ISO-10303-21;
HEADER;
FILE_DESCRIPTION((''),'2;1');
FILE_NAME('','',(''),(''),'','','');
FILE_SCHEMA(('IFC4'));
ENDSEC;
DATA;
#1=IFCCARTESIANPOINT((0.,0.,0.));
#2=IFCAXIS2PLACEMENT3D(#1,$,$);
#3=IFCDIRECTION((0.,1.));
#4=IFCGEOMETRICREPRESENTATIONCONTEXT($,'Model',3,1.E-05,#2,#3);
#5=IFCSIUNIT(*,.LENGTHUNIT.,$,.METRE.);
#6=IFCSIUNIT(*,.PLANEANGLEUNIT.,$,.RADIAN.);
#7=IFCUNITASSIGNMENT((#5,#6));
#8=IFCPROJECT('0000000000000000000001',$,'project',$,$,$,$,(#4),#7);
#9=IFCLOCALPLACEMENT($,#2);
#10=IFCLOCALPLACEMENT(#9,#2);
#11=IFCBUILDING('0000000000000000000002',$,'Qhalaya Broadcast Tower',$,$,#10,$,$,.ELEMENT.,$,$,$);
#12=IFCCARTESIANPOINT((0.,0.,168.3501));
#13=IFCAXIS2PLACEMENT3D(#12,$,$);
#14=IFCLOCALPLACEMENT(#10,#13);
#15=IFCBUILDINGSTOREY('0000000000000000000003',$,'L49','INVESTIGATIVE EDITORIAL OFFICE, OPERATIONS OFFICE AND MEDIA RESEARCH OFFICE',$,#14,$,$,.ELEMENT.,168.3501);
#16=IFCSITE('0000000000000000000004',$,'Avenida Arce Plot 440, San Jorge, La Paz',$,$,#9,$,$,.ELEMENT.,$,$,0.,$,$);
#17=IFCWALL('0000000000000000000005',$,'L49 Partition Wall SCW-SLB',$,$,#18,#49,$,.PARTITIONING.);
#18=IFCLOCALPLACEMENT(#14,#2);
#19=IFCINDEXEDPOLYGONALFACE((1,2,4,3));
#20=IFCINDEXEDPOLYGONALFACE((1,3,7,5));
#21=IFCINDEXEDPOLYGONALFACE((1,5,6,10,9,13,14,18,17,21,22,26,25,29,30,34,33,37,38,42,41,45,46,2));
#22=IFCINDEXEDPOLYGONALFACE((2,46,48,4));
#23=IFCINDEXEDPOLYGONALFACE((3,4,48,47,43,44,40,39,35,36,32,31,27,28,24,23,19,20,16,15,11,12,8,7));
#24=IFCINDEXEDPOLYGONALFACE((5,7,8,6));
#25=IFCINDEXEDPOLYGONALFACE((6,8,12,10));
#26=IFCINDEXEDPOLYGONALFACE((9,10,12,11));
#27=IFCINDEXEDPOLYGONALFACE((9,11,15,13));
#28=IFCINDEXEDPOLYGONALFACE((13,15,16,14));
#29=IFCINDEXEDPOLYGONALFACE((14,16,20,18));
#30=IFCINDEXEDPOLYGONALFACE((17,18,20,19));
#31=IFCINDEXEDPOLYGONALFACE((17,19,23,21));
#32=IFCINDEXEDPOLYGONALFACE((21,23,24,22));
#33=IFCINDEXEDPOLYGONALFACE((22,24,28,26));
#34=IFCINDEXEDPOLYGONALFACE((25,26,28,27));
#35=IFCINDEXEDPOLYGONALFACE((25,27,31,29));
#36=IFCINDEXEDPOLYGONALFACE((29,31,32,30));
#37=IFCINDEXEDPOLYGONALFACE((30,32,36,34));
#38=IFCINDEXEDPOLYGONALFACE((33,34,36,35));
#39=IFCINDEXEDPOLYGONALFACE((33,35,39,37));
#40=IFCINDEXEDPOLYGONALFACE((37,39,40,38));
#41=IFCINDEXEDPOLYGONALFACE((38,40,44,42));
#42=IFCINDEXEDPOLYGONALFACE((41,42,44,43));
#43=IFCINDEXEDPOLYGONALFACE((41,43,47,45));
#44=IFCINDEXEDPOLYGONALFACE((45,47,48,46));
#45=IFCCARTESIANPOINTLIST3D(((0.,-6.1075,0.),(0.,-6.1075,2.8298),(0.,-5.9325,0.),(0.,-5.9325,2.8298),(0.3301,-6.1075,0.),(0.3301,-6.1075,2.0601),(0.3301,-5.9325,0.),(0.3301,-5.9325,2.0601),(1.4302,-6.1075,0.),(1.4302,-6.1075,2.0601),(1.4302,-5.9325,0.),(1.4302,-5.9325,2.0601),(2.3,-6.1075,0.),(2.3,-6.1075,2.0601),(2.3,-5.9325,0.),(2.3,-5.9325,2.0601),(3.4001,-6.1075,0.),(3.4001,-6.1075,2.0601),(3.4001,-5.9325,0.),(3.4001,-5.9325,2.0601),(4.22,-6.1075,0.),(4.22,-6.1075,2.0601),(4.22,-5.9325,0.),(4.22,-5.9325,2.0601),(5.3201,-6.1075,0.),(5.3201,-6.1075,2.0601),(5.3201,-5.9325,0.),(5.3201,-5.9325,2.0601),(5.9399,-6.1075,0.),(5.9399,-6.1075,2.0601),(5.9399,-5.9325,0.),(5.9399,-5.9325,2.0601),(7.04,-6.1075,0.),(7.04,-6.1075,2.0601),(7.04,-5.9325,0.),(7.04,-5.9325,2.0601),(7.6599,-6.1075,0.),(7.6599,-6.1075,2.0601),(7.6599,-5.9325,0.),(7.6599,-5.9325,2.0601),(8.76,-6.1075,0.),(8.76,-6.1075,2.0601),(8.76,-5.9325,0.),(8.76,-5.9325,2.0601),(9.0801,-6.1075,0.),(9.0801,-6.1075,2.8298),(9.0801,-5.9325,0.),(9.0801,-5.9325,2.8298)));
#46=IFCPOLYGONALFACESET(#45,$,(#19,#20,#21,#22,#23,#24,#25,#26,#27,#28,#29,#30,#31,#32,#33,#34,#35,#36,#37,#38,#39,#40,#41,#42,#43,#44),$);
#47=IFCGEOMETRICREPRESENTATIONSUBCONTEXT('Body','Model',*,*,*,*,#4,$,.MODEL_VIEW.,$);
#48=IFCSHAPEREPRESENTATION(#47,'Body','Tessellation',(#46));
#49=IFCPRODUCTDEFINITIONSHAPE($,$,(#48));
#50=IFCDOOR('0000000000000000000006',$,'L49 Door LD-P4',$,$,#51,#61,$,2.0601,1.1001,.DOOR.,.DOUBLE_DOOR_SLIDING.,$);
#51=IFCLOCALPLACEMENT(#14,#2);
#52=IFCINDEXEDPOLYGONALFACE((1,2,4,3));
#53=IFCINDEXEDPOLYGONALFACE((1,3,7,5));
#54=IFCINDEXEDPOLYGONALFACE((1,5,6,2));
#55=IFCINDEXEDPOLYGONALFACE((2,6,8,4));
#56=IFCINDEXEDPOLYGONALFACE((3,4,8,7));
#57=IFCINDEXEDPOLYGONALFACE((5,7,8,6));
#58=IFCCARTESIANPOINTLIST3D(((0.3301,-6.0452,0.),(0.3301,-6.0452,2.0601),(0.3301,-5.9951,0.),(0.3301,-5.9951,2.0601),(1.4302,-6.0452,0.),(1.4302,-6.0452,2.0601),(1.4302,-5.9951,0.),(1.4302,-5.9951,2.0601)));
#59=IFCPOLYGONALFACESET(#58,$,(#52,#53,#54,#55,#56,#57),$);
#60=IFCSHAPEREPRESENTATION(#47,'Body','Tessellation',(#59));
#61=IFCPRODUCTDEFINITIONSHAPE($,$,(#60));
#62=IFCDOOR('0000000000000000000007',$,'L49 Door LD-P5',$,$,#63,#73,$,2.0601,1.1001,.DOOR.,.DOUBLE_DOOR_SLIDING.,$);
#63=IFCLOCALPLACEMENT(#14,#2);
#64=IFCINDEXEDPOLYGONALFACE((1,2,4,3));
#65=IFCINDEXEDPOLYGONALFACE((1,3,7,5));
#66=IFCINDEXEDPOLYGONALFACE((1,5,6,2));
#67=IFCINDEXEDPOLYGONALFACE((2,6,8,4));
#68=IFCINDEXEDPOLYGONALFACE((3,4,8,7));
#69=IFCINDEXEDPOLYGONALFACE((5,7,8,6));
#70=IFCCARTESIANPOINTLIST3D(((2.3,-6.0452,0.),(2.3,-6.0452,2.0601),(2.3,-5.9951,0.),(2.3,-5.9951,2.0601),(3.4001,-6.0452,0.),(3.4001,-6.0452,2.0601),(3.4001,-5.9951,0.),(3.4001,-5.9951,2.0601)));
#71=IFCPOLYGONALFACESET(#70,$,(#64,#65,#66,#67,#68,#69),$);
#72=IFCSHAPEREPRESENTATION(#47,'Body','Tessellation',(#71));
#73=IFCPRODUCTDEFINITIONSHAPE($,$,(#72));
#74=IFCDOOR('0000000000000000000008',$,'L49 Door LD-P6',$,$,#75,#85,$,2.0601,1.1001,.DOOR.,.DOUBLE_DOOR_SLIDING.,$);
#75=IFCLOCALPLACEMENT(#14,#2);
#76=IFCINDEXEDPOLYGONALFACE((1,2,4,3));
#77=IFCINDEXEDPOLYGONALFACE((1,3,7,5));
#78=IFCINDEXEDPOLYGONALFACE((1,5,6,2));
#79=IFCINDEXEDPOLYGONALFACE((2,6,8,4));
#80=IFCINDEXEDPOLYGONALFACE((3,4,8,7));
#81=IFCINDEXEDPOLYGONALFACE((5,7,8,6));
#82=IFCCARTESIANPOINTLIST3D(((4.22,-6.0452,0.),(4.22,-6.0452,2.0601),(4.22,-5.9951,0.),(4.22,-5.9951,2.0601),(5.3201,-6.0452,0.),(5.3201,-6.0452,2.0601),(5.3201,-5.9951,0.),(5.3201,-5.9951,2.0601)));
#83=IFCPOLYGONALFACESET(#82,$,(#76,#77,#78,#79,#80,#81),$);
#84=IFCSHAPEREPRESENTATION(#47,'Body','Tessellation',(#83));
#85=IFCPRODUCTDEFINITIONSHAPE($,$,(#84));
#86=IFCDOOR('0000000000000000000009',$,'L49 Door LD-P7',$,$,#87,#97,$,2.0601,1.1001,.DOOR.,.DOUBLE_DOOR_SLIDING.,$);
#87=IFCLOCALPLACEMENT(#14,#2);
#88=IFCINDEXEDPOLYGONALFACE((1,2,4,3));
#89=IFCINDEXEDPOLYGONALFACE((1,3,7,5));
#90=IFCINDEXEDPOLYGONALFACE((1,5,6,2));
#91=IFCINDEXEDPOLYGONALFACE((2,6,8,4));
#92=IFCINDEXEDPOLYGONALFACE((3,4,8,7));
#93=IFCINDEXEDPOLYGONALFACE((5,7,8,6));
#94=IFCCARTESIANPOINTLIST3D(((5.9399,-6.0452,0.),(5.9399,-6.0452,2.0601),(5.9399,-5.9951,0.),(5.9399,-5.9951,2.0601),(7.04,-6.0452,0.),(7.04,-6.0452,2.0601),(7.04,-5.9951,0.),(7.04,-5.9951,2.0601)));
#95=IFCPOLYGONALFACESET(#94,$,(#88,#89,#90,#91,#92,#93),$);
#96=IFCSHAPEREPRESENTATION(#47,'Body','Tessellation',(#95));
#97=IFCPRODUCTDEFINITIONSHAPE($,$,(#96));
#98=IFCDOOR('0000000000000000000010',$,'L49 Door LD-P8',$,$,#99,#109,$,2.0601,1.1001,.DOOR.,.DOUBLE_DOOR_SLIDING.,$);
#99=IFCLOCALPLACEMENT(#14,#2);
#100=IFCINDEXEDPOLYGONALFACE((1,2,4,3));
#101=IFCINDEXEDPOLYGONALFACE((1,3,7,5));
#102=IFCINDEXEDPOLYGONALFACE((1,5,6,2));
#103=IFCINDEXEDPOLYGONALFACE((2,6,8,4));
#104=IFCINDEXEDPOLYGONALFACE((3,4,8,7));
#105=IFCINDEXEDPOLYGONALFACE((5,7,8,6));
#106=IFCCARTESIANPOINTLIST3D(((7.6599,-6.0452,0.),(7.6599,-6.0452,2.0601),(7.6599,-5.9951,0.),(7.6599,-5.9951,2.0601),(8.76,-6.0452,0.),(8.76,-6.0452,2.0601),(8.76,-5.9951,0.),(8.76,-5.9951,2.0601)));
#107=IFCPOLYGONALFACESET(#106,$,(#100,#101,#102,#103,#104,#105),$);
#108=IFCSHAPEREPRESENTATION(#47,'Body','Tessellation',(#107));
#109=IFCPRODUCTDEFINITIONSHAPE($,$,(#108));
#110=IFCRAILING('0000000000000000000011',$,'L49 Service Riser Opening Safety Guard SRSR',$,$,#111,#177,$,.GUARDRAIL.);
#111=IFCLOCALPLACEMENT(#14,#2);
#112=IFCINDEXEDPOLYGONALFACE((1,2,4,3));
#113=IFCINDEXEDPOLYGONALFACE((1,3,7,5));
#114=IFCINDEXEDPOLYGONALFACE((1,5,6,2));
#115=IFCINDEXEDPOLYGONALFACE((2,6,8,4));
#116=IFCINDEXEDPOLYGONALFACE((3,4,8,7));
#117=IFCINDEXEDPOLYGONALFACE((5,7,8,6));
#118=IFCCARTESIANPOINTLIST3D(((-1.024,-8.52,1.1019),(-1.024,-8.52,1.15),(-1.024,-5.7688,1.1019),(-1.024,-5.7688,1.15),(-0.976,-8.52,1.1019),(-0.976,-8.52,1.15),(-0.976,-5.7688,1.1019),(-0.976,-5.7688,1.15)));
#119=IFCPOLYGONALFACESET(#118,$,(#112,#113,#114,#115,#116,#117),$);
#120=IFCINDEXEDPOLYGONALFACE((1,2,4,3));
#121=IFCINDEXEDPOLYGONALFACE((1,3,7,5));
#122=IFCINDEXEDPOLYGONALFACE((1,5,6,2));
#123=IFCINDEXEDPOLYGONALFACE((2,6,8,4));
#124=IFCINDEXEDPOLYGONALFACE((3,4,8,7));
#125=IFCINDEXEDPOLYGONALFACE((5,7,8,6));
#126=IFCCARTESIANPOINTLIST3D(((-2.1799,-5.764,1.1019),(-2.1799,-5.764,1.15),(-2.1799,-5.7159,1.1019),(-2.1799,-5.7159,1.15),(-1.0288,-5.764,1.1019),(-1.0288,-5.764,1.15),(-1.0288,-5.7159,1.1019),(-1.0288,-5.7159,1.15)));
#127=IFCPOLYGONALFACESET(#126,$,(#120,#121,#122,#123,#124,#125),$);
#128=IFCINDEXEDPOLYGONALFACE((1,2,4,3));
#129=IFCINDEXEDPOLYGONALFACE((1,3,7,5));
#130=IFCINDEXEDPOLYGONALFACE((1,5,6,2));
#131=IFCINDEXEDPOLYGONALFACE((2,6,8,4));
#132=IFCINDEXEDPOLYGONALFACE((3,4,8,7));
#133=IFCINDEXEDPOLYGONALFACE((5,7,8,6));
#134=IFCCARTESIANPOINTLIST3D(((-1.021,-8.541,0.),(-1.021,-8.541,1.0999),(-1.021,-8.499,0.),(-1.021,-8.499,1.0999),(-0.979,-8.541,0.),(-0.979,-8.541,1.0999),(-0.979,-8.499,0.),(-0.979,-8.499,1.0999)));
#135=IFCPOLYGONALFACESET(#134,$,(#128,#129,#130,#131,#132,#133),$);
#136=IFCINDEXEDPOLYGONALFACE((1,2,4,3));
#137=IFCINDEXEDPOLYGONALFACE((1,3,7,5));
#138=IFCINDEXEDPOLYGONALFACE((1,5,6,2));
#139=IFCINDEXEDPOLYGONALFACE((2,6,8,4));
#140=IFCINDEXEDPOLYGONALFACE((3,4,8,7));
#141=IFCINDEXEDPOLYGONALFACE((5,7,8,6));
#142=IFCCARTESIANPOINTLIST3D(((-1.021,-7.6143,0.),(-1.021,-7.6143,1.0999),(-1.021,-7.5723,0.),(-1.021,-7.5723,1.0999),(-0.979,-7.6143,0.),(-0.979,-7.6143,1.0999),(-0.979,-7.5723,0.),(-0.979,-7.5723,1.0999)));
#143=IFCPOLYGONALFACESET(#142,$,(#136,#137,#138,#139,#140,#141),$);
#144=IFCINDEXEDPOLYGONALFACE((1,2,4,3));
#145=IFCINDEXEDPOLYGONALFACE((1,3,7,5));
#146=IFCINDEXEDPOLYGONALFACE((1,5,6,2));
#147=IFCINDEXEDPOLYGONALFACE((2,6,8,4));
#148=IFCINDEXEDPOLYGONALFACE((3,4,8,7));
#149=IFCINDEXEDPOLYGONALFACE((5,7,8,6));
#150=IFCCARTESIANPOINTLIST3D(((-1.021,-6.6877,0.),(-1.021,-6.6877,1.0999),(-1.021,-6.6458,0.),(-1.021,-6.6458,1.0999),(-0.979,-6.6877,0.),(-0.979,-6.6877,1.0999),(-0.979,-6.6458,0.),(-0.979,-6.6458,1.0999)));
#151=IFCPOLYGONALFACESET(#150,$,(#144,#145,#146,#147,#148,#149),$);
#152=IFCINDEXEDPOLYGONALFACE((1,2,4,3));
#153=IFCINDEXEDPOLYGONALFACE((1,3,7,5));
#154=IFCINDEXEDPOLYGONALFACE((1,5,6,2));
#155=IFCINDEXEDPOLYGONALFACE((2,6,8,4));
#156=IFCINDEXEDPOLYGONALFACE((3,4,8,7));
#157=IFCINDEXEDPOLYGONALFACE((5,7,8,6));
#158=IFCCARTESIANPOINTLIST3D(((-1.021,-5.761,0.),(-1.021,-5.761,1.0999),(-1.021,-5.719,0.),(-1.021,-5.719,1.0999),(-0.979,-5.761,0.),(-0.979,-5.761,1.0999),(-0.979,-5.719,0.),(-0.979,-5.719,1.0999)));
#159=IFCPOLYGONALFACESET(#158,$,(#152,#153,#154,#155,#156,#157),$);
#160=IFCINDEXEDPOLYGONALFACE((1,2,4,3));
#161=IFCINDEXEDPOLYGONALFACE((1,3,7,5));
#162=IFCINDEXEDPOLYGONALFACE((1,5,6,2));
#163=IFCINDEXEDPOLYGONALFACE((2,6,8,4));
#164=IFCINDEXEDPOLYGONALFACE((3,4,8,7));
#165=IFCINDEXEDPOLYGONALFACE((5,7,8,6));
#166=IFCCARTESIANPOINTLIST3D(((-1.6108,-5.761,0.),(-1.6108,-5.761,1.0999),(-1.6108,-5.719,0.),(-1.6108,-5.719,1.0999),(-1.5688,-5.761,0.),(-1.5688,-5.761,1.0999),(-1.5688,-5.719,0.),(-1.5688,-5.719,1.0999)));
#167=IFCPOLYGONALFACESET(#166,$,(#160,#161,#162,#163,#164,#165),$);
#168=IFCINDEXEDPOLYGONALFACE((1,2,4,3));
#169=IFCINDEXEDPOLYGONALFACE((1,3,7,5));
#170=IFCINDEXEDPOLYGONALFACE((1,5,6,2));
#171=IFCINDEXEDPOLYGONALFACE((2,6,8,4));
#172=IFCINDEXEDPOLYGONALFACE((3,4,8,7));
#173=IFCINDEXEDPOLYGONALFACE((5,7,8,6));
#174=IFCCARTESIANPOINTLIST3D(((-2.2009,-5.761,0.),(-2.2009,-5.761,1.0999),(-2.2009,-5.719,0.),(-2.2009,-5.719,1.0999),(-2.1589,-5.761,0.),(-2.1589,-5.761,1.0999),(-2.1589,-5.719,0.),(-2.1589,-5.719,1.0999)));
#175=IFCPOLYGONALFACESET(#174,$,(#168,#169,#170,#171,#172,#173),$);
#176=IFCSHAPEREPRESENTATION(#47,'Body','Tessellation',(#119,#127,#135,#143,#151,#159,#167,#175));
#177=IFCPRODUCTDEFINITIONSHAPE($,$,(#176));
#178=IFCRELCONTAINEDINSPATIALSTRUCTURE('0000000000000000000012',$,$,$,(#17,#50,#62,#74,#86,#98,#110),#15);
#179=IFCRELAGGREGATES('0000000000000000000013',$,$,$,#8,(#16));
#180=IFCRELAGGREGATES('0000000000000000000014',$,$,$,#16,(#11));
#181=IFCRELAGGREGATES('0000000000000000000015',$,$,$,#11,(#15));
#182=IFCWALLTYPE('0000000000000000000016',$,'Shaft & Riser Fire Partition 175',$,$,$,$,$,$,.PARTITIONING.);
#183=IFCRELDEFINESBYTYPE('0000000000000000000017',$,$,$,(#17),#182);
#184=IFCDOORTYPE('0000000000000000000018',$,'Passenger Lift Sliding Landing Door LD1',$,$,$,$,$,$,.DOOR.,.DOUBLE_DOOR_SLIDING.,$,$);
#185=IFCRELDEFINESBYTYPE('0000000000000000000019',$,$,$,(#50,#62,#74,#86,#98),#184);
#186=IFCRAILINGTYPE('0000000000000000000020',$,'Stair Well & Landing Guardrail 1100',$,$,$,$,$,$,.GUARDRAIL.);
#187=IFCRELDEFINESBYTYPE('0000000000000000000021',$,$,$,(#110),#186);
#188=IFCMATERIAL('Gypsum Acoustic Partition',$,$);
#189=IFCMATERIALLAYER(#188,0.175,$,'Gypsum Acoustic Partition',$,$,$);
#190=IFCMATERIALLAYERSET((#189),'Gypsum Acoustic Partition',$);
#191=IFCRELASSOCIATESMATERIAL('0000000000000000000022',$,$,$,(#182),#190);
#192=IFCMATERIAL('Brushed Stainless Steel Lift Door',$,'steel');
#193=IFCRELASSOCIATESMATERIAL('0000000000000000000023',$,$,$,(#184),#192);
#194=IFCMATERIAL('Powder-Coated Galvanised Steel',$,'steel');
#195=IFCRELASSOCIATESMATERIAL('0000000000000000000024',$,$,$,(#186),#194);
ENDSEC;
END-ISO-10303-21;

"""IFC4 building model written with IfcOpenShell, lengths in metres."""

from ifc_helpers import new_model, si_unit, direction, frame, frame_2d, origin, origin_2d, place, context, subcontext, project, spatial, rectangle, extrude, material, layer, layer_set, type_object, element, fill, save


model = new_model("IFC4")

# Units and contexts
model_context = context("Model", 3, precision=1e-05, world=origin(), true_north=direction((0.0, 1.0)))
body_context = subcontext(model_context, "Body", "Model", "MODEL_VIEW")
ifc_project = project(units=[si_unit("LENGTHUNIT", "METRE"), si_unit("PLANEANGLEUNIT", "RADIAN")], contexts=[model_context])

# Site, building, storey
site_placement = place(None, origin())
site = spatial("IfcSite", under=ifc_project, at=site_placement, Name="Avenida Arce Plot 440, San Jorge, La Paz", CompositionType="ELEMENT", RefElevation=0.0)
building_placement = place(site_placement, origin())
building = spatial("IfcBuilding", under=site, at=building_placement, Name="Qhalaya Broadcast Tower", CompositionType="ELEMENT")
storey_placement = place(building_placement, frame((0.0, 0.0, 168.3501)))
storey = spatial("IfcBuildingStorey", under=building, at=storey_placement, Name="L49", Description="INVESTIGATIVE EDITORIAL OFFICE, OPERATIONS OFFICE AND MEDIA RESEARCH OFFICE", CompositionType="ELEMENT", Elevation=168.3501)

# Shared definitions
ifc_material_1 = material(Name="Gypsum Acoustic Partition")

# Shared definitions
ifc_layer_1 = layer(ifc_material_1, 0.175, Name="Gypsum Acoustic Partition")
ifc_layer_set_1 = layer_set([ifc_layer_1], Name="Gypsum Acoustic Partition")
wall_type_1 = type_object("IfcWallType", Name="Shaft & Riser Fire Partition 175", PredefinedType="PARTITIONING", material=ifc_layer_set_1)

# Wall, openings, doors
wall_1_placement = place(storey_placement, frame((0.0, -6.02, 0.0), z_axis=(0.0, 0.0, 1.0), x_axis=(1.0, 0.0, 0.0)))
wall_1 = element("IfcWall", 1, at=wall_1_placement, inside=storey, type_object=wall_type_1, Name="L49 Partition Wall SCW-SLB", PredefinedType="PARTITIONING", context=body_context, shape_type="SweptSolid", body=[
    extrude(rectangle(XDim=9.0801, YDim=0.175, at=frame_2d((4.54, 0.0))), origin(), (0.0, 0.0, 1.0), 2.8298),
])
opening_1_placement = place(wall_1_placement, frame((0.3301, 0.0, 0.0)))
opening_1 = element("IfcOpeningElement", 2, at=opening_1_placement, cuts=wall_1, PredefinedType="OPENING", context=body_context, shape_type="SweptSolid", body=[
    extrude(rectangle(XDim=1.1001, YDim=2.0601, at=frame_2d((0.55, 1.03))), frame((0.0, 0.0996, 0.0), z_axis=(0.0, -1.0, 0.0), x_axis=(1.0, 0.0, 0.0)), (0.0, 0.0, 1.0), 0.199),
])
opening_2_placement = place(wall_1_placement, frame((2.3, 0.0, 0.0)))
opening_2 = element("IfcOpeningElement", 3, at=opening_2_placement, cuts=wall_1, PredefinedType="OPENING", context=body_context, shape_type="SweptSolid", body=[
    extrude(rectangle(XDim=1.1001, YDim=2.0601, at=frame_2d((0.55, 1.03))), frame((0.0, 0.0996, 0.0), z_axis=(0.0, -1.0, 0.0), x_axis=(1.0, 0.0, 0.0)), (0.0, 0.0, 1.0), 0.199),
])
opening_3_placement = place(wall_1_placement, frame((4.22, 0.0, 0.0)))
opening_3 = element("IfcOpeningElement", 4, at=opening_3_placement, cuts=wall_1, PredefinedType="OPENING", context=body_context, shape_type="SweptSolid", body=[
    extrude(rectangle(XDim=1.1001, YDim=2.0601, at=frame_2d((0.55, 1.03))), frame((0.0, 0.0996, 0.0), z_axis=(0.0, -1.0, 0.0), x_axis=(1.0, 0.0, 0.0)), (0.0, 0.0, 1.0), 0.199),
])
opening_4_placement = place(wall_1_placement, frame((5.9399, 0.0, 0.0)))
opening_4 = element("IfcOpeningElement", 5, at=opening_4_placement, cuts=wall_1, PredefinedType="OPENING", context=body_context, shape_type="SweptSolid", body=[
    extrude(rectangle(XDim=1.1001, YDim=2.0601, at=frame_2d((0.55, 1.03))), frame((0.0, 0.0996, 0.0), z_axis=(0.0, -1.0, 0.0), x_axis=(1.0, 0.0, 0.0)), (0.0, 0.0, 1.0), 0.199),
])
opening_5_placement = place(wall_1_placement, frame((7.6599, 0.0, 0.0)))
opening_5 = element("IfcOpeningElement", 6, at=opening_5_placement, cuts=wall_1, PredefinedType="OPENING", context=body_context, shape_type="SweptSolid", body=[
    extrude(rectangle(XDim=1.1001, YDim=2.0601, at=frame_2d((0.55, 1.03))), frame((0.0, 0.0996, 0.0), z_axis=(0.0, -1.0, 0.0), x_axis=(1.0, 0.0, 0.0)), (0.0, 0.0, 1.0), 0.199),
])
ifc_material_2 = material(Name="Brushed Stainless Steel Lift Door", Category="steel")
door_type_1 = type_object("IfcDoorType", Name="Passenger Lift Sliding Landing Door LD1", OperationType="DOUBLE_DOOR_SLIDING", PredefinedType="DOOR", material=ifc_material_2)
door_1_placement = place(opening_1_placement, origin())
door_1 = element("IfcDoor", 7, at=door_1_placement, inside=storey, type_object=door_type_1, Name="L49 Door LD-P4", OperationType="DOUBLE_DOOR_SLIDING", OverallHeight=2.0601, OverallWidth=1.1001, PredefinedType="DOOR", context=body_context, shape_type="SweptSolid", body=[
    extrude(rectangle(XDim=1.1001, YDim=2.0601, at=frame_2d((0.55, 1.03))), frame((0.0, 0.0249, 0.0), z_axis=(0.0, -1.0, 0.0), x_axis=(1.0, 0.0, 0.0)), (0.0, 0.0, 1.0), 0.05),
])
fill(opening_1, door_1)
door_2_placement = place(opening_2_placement, origin())
door_2 = element("IfcDoor", 8, at=door_2_placement, inside=storey, type_object=door_type_1, Name="L49 Door LD-P5", OperationType="DOUBLE_DOOR_SLIDING", OverallHeight=2.0601, OverallWidth=1.1001, PredefinedType="DOOR", context=body_context, shape_type="SweptSolid", body=[
    extrude(rectangle(XDim=1.1001, YDim=2.0601, at=frame_2d((0.55, 1.03))), frame((0.0, 0.0249, 0.0), z_axis=(0.0, -1.0, 0.0), x_axis=(1.0, 0.0, 0.0)), (0.0, 0.0, 1.0), 0.05),
])
fill(opening_2, door_2)
door_3_placement = place(opening_3_placement, origin())
door_3 = element("IfcDoor", 9, at=door_3_placement, inside=storey, type_object=door_type_1, Name="L49 Door LD-P6", OperationType="DOUBLE_DOOR_SLIDING", OverallHeight=2.0601, OverallWidth=1.1001, PredefinedType="DOOR", context=body_context, shape_type="SweptSolid", body=[
    extrude(rectangle(XDim=1.1001, YDim=2.0601, at=frame_2d((0.55, 1.03))), frame((0.0, 0.0249, 0.0), z_axis=(0.0, -1.0, 0.0), x_axis=(1.0, 0.0, 0.0)), (0.0, 0.0, 1.0), 0.05),
])
fill(opening_3, door_3)
door_4_placement = place(opening_4_placement, origin())
door_4 = element("IfcDoor", 10, at=door_4_placement, inside=storey, type_object=door_type_1, Name="L49 Door LD-P7", OperationType="DOUBLE_DOOR_SLIDING", OverallHeight=2.0601, OverallWidth=1.1001, PredefinedType="DOOR", context=body_context, shape_type="SweptSolid", body=[
    extrude(rectangle(XDim=1.1001, YDim=2.0601, at=frame_2d((0.55, 1.03))), frame((0.0, 0.0249, 0.0), z_axis=(0.0, -1.0, 0.0), x_axis=(1.0, 0.0, 0.0)), (0.0, 0.0, 1.0), 0.05),
])
fill(opening_4, door_4)
door_5_placement = place(opening_5_placement, origin())
door_5 = element("IfcDoor", 11, at=door_5_placement, inside=storey, type_object=door_type_1, Name="L49 Door LD-P8", OperationType="DOUBLE_DOOR_SLIDING", OverallHeight=2.0601, OverallWidth=1.1001, PredefinedType="DOOR", context=body_context, shape_type="SweptSolid", body=[
    extrude(rectangle(XDim=1.1001, YDim=2.0601, at=frame_2d((0.55, 1.03))), frame((0.0, 0.0249, 0.0), z_axis=(0.0, -1.0, 0.0), x_axis=(1.0, 0.0, 0.0)), (0.0, 0.0, 1.0), 0.05),
])
fill(opening_5, door_5)

# Railing
ifc_material_3 = material(Name="Powder-Coated Galvanised Steel", Category="steel")
railing_type = type_object("IfcRailingType", Name="Stair Well & Landing Guardrail 1100", PredefinedType="GUARDRAIL", material=ifc_material_3)
railing_placement = place(storey_placement, frame((-1.0, -8.52, 0.0)))
element("IfcRailing", 12, at=railing_placement, inside=storey, type_object=railing_type, Name="L49 Service Riser Opening Safety Guard SRSR", PredefinedType="GUARDRAIL", context=body_context, shape_type="SweptSolid", body=[
    extrude(rectangle(XDim=0.0481, YDim=0.0481, at=origin_2d()), frame((0.0, 0.0, 1.126), z_axis=(0.0, 1.0, 0.0), x_axis=(-1.0, 0.0, 0.0)), (0.0, 0.0, 1.0), 2.7512),
    extrude(rectangle(XDim=0.0481, YDim=0.0481, at=origin_2d()), frame((-0.0288, 2.78, 1.126), z_axis=(-1.0, 0.0, 0.0), x_axis=(0.0, -1.0, 0.0)), (0.0, 0.0, 1.0), 1.1511),
    extrude(rectangle(XDim=0.042, YDim=0.042, at=origin_2d()), origin(), (0.0, 0.0, 1.0), 1.0999),
    extrude(rectangle(XDim=0.042, YDim=0.042, at=origin_2d()), frame((0.0, 0.9268, 0.0)), (0.0, 0.0, 1.0), 1.0999),
    extrude(rectangle(XDim=0.042, YDim=0.042, at=origin_2d()), frame((0.0, 1.8533, 0.0)), (0.0, 0.0, 1.0), 1.0999),
    extrude(rectangle(XDim=0.042, YDim=0.042, at=origin_2d()), frame((0.0, 2.78, 0.0)), (0.0, 0.0, 1.0), 1.0999),
    extrude(rectangle(XDim=0.042, YDim=0.042, at=origin_2d()), frame((-0.5898, 2.78, 0.0)), (0.0, 0.0, 1.0), 1.0999),
    extrude(rectangle(XDim=0.042, YDim=0.042, at=origin_2d()), frame((-1.1799, 2.78, 0.0)), (0.0, 0.0, 1.0), 1.0999),
])

save(model, "model.ifc")
